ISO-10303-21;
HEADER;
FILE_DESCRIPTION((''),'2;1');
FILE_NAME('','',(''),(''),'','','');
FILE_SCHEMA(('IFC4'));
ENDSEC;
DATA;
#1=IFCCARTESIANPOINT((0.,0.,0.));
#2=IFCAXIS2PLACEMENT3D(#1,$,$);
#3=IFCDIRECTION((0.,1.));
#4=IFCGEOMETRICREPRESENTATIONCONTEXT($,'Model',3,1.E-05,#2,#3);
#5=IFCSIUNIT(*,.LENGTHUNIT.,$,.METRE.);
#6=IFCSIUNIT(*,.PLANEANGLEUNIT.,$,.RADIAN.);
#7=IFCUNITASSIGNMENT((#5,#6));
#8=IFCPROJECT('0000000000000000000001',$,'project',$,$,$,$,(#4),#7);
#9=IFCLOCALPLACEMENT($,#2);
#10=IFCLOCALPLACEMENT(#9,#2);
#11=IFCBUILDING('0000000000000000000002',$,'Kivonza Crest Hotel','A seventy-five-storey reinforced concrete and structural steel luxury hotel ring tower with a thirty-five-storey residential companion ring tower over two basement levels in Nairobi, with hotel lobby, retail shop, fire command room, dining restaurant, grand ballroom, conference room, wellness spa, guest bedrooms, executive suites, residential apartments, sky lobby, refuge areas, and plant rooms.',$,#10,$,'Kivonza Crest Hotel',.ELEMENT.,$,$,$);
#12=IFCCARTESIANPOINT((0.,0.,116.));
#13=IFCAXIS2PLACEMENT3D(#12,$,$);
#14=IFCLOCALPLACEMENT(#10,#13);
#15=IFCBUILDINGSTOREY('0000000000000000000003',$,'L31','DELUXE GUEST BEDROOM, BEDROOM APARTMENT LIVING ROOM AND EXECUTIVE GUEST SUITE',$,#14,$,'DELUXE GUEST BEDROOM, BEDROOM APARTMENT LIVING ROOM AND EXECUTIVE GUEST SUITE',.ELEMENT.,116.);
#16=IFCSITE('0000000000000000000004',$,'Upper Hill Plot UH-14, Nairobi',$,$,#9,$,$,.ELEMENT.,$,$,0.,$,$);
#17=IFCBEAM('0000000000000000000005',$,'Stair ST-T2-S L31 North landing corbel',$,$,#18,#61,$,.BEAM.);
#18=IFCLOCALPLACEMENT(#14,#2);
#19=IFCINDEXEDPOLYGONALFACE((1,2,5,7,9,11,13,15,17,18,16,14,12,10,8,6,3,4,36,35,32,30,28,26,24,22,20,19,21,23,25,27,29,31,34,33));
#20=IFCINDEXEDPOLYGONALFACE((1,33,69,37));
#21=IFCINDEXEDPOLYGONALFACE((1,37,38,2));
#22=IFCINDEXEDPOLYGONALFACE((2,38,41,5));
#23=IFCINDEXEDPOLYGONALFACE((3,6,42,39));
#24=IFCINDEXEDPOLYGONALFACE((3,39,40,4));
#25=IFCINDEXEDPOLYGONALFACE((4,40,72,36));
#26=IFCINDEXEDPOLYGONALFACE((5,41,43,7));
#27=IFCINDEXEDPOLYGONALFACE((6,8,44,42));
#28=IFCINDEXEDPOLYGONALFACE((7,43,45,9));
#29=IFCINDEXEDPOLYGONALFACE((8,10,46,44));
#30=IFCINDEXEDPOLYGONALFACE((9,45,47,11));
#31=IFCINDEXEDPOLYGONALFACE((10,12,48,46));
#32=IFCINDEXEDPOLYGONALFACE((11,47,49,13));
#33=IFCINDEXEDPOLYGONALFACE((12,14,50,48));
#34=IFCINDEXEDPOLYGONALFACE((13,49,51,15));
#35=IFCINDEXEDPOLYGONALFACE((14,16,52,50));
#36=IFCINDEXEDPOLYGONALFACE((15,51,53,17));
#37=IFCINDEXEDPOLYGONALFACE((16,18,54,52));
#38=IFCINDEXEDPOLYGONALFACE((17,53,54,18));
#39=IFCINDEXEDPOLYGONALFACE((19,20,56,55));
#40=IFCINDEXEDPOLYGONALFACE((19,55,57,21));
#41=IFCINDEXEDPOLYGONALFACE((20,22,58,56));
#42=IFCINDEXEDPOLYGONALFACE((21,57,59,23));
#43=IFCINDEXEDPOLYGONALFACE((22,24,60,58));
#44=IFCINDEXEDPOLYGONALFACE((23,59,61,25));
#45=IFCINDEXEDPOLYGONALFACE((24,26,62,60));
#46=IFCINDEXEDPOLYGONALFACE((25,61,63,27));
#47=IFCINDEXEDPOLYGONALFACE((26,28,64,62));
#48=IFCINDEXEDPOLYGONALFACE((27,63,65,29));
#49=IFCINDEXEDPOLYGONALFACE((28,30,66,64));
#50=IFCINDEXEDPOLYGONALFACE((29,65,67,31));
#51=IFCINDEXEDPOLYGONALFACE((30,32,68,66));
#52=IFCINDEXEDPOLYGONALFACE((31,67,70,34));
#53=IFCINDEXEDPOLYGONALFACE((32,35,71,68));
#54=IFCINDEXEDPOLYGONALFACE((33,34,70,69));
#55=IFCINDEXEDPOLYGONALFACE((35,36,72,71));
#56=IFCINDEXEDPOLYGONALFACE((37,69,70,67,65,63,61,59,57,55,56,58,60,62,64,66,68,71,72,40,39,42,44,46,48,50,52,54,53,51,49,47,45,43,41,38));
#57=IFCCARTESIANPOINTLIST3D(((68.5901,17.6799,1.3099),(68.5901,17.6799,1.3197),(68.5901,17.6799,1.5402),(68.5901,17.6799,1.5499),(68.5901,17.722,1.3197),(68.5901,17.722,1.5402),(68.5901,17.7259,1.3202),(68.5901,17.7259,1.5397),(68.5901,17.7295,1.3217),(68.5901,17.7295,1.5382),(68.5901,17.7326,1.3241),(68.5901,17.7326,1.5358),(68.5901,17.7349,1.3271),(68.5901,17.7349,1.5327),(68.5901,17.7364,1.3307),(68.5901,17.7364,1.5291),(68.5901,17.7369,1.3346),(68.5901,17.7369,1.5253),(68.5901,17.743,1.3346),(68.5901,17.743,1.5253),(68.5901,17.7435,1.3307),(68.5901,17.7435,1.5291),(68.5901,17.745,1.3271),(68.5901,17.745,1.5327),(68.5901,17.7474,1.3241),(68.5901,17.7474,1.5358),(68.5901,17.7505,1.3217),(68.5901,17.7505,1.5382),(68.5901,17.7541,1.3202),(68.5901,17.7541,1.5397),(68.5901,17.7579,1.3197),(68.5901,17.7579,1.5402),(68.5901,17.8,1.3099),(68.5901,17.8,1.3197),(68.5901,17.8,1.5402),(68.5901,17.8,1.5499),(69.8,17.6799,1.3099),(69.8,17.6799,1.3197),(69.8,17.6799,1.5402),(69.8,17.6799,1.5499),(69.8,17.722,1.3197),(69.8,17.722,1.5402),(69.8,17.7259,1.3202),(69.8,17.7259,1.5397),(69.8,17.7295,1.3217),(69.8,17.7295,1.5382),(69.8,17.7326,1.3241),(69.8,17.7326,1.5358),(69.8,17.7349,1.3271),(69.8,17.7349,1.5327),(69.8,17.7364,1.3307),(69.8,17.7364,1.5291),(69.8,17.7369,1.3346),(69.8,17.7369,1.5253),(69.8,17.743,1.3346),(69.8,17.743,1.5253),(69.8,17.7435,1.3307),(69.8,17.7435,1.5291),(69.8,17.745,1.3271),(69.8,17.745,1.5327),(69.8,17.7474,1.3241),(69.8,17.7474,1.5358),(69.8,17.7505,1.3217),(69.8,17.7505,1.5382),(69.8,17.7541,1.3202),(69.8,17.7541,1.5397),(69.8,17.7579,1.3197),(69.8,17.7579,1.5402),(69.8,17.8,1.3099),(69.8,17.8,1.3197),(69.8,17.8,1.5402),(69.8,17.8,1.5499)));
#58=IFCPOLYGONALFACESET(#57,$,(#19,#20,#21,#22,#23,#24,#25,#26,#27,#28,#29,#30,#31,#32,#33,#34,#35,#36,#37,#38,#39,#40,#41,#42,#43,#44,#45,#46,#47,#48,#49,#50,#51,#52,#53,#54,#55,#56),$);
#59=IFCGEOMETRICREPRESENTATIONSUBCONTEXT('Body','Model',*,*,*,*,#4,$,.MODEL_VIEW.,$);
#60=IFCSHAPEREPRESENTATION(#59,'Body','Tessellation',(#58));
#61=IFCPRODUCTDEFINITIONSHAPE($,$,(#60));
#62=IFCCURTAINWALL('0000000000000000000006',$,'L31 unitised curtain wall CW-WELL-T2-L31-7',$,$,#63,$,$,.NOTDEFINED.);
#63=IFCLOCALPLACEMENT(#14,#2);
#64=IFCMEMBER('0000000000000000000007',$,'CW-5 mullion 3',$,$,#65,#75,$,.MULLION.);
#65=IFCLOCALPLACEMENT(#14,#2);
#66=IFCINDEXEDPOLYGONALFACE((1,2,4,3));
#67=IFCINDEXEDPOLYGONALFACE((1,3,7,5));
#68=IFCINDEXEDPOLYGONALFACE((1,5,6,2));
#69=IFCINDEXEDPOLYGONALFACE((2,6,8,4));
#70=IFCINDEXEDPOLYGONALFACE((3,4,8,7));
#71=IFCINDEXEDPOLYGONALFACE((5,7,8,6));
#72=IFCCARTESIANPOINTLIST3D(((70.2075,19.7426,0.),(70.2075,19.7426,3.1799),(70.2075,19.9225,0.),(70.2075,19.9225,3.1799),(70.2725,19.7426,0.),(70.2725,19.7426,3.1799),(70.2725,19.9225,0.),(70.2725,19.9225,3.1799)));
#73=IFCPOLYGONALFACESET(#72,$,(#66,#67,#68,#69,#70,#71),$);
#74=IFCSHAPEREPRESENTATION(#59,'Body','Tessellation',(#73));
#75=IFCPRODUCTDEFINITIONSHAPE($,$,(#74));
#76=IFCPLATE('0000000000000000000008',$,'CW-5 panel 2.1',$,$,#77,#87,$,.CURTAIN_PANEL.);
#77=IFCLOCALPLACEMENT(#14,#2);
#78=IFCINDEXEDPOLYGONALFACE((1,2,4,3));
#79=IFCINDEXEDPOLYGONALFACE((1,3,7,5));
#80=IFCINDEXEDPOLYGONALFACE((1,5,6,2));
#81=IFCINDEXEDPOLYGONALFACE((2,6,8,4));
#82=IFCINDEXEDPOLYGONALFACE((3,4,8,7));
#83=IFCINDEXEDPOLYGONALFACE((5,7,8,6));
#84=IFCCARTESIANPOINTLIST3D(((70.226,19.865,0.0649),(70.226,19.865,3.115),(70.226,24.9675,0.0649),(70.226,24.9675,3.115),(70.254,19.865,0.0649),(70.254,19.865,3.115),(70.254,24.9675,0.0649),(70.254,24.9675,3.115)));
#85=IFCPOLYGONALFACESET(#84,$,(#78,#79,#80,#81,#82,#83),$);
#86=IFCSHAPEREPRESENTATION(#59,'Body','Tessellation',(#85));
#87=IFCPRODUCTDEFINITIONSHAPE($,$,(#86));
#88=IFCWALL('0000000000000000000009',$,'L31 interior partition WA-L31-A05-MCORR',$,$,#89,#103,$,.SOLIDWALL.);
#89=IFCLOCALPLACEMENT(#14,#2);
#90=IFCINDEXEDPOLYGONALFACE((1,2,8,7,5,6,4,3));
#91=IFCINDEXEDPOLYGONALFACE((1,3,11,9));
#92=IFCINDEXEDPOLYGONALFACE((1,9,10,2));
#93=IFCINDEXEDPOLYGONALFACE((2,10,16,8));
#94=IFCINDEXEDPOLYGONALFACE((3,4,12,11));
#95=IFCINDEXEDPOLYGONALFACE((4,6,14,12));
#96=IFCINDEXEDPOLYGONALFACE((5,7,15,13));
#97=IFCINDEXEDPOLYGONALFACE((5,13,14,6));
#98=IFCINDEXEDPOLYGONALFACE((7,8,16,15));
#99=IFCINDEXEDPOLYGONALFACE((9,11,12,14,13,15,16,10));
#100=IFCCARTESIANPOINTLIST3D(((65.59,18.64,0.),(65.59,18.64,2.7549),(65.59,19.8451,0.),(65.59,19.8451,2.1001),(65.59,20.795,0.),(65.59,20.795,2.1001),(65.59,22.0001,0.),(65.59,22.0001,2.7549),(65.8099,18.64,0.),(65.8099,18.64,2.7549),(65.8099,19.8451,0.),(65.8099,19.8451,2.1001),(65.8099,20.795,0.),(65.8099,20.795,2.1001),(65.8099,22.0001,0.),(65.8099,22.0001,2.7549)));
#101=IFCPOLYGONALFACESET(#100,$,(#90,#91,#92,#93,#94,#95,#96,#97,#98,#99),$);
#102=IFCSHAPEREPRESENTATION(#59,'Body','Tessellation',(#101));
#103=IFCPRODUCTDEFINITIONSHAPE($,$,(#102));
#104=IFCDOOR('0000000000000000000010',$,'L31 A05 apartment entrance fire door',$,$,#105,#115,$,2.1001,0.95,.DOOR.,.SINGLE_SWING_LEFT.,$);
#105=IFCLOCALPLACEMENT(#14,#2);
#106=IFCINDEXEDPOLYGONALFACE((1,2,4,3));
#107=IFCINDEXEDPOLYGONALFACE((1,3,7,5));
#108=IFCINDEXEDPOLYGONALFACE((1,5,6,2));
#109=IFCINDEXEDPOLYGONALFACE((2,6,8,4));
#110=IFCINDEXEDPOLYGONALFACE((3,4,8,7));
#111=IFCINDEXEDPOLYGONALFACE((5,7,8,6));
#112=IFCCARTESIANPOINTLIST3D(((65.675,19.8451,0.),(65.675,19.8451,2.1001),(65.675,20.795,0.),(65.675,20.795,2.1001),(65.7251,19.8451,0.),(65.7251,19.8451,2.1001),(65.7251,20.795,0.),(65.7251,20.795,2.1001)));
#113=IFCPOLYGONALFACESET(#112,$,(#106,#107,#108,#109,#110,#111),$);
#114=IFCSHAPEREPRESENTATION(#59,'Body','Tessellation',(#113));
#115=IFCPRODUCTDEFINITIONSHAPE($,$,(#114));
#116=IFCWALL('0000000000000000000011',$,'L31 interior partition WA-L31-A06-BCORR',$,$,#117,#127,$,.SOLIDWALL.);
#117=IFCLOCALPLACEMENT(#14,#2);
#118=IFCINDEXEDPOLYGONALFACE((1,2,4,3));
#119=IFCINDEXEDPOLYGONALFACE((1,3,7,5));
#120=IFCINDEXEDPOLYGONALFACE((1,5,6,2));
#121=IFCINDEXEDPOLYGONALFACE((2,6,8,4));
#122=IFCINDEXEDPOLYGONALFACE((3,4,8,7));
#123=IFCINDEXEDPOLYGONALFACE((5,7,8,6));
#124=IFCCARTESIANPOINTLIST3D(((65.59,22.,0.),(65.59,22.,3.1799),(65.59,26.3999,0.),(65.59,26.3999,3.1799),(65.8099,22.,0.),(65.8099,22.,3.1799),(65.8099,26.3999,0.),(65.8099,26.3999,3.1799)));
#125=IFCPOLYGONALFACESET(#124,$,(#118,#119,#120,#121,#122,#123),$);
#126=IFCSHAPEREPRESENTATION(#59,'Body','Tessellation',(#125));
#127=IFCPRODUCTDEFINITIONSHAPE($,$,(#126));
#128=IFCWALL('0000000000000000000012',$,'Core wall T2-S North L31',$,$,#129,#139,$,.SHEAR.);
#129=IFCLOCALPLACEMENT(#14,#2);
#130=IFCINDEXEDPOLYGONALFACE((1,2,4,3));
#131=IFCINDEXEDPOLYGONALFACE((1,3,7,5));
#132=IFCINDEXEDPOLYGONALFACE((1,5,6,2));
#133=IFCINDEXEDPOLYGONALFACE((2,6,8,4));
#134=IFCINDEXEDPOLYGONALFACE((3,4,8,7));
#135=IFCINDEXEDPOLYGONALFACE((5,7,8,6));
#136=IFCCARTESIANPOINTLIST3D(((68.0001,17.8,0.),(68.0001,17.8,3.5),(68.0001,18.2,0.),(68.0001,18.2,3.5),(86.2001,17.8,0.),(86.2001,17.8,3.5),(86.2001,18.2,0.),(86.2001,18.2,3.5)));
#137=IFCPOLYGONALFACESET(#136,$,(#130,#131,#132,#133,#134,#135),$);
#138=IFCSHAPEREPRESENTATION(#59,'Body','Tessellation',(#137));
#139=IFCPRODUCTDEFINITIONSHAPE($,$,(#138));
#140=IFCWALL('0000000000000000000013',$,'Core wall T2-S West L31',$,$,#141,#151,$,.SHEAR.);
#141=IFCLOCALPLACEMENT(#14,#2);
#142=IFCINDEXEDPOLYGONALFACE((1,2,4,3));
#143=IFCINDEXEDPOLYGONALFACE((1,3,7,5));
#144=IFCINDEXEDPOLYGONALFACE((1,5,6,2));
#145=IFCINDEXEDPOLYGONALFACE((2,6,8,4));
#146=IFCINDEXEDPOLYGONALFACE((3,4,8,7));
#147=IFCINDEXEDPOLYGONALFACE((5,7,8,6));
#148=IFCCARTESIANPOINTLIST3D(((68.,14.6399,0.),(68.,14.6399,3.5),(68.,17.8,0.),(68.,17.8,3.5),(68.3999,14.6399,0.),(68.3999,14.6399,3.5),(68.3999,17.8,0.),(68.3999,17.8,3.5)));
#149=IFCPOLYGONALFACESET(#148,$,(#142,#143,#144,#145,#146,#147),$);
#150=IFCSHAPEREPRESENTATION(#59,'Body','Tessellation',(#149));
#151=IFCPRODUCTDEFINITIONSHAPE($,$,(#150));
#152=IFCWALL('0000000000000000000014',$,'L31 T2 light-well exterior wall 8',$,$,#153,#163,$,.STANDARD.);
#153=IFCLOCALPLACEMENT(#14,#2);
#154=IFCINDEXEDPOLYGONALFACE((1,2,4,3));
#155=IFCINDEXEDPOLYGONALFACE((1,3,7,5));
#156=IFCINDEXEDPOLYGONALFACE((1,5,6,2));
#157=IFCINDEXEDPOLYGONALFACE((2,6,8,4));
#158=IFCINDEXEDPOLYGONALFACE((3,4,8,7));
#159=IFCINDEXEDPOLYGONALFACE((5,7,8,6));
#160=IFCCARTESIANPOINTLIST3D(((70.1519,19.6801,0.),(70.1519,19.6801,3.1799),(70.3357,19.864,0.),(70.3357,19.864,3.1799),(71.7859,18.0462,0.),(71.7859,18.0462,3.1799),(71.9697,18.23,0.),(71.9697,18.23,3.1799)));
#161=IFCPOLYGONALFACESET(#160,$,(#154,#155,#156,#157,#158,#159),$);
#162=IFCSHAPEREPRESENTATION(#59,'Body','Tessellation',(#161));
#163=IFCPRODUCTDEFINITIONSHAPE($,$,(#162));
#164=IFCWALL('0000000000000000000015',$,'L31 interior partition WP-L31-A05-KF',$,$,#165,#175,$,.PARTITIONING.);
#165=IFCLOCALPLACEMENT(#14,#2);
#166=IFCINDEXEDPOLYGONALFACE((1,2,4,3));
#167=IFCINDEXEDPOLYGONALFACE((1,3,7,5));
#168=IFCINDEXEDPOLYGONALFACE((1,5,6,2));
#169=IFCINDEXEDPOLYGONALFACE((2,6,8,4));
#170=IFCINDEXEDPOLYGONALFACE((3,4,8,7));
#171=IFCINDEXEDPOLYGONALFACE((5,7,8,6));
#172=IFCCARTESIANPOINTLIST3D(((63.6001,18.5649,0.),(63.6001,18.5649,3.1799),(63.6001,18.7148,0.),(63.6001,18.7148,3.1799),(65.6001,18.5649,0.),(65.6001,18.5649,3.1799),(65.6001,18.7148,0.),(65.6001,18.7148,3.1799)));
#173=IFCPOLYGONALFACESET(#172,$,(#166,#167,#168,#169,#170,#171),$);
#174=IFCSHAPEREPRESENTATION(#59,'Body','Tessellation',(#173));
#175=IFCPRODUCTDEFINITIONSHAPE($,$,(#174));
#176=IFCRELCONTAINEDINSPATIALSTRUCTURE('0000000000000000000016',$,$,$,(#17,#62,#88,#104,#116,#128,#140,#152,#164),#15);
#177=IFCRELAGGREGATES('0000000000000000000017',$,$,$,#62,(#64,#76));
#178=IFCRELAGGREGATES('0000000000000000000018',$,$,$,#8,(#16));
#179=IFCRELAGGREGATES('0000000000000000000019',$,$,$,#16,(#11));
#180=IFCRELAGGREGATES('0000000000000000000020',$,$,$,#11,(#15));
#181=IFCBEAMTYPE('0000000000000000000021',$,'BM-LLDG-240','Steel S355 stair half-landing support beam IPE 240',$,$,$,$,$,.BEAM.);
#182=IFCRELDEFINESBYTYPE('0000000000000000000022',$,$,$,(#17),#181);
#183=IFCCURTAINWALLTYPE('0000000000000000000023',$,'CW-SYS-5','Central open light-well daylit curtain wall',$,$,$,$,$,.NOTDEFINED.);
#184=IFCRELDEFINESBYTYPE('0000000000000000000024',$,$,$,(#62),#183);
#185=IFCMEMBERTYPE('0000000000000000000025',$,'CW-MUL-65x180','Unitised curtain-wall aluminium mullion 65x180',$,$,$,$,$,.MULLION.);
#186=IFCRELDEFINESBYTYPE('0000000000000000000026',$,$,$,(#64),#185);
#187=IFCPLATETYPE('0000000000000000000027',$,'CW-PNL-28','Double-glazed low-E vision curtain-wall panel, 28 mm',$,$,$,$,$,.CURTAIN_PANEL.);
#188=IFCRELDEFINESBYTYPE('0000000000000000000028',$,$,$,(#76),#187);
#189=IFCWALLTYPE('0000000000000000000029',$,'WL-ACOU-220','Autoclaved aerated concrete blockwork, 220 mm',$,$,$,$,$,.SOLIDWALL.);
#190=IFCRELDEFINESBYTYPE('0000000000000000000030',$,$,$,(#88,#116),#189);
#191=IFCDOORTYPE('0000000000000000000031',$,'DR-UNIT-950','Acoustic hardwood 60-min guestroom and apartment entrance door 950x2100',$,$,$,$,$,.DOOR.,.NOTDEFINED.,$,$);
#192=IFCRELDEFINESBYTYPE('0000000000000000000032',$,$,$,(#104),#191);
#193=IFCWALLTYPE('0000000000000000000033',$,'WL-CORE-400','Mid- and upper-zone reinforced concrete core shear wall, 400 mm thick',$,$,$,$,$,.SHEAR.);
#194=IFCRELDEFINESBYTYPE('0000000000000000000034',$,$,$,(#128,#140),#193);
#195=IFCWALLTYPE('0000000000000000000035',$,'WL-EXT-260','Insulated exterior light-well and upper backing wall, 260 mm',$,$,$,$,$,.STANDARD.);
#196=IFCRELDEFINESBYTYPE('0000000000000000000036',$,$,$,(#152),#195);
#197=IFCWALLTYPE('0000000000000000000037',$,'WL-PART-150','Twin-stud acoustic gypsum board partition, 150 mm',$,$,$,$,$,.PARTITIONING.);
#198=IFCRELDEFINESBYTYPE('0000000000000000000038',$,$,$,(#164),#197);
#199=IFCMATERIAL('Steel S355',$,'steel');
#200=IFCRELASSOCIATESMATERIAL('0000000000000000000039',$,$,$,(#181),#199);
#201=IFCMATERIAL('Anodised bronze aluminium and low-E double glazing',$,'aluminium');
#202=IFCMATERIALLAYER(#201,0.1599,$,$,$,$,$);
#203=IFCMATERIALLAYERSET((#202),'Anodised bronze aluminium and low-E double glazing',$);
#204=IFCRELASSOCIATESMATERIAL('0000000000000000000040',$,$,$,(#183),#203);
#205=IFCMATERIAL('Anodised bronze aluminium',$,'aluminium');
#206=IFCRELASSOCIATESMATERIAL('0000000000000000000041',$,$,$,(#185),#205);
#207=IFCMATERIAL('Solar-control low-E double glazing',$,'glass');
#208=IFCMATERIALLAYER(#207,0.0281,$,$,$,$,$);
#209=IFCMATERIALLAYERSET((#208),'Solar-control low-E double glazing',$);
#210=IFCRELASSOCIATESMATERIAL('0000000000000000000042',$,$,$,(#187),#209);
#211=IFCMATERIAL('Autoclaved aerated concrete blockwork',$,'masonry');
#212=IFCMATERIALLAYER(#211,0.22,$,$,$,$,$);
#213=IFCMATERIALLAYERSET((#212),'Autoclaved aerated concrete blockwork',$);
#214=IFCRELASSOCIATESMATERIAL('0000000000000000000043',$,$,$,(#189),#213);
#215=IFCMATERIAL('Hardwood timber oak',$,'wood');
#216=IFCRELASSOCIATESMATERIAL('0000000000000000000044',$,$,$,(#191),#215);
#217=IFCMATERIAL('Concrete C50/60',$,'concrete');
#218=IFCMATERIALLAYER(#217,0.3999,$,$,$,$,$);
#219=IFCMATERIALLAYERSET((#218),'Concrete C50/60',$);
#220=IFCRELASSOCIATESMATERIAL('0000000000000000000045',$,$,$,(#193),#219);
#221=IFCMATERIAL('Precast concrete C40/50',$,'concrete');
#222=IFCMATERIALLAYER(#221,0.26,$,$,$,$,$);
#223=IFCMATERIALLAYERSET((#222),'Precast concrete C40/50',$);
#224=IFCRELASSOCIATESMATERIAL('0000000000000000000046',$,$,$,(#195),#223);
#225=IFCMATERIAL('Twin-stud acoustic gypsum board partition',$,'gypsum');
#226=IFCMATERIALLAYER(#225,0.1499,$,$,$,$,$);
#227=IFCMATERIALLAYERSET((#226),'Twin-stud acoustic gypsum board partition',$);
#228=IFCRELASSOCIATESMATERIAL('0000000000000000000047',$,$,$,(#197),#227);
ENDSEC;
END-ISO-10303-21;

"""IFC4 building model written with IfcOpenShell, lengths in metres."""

from ifc_helpers import new_model, si_unit, direction, frame, frame_2d, origin, origin_2d, place, context, subcontext, project, spatial, rectangle, i_section, extrude, material, layer, layer_set, material_profile, profile_set, type_object, element, fill, aggregate, save


model = new_model("IFC4")

# Units and contexts
model_context = context("Model", 3, precision=1e-05, world=origin(), true_north=direction((0.0, 1.0)))
body_context = subcontext(model_context, "Body", "Model", "MODEL_VIEW")
ifc_project = project(units=[si_unit("LENGTHUNIT", "METRE"), si_unit("PLANEANGLEUNIT", "RADIAN")], contexts=[model_context])

# Site, building, storey
site_placement = place(None, origin())
site = spatial("IfcSite", under=ifc_project, at=site_placement, Name="Upper Hill Plot UH-14, Nairobi", CompositionType="ELEMENT", RefElevation=0.0)
building_placement = place(site_placement, origin())
building = spatial("IfcBuilding", under=site, at=building_placement, Name="Kivonza Crest Hotel", Description="A seventy-five-storey reinforced concrete and structural steel luxury hotel ring tower with a thirty-five-storey residential companion ring tower over two basement levels in Nairobi, with hotel lobby, retail shop, fire command room, dining restaurant, grand ballroom, conference room, wellness spa, guest bedrooms, executive suites, residential apartments, sky lobby, refuge areas, and plant rooms.", LongName="Kivonza Crest Hotel", CompositionType="ELEMENT")
storey_placement = place(building_placement, frame((0.0, 0.0, 116.0)))
storey = spatial("IfcBuildingStorey", under=building, at=storey_placement, Name="L31", Description="DELUXE GUEST BEDROOM, BEDROOM APARTMENT LIVING ROOM AND EXECUTIVE GUEST SUITE", LongName="DELUXE GUEST BEDROOM, BEDROOM APARTMENT LIVING ROOM AND EXECUTIVE GUEST SUITE", CompositionType="ELEMENT", Elevation=116.0)

# Shared definitions
ifc_material_1 = material(Name="Concrete C50/60", Category="concrete")

# Beam
ifc_material_2 = material(Name="Steel S355", Category="steel")
ifc_material_profile_1 = material_profile(ifc_material_2, i_section(OverallWidth=0.1201, OverallDepth=0.24, WebThickness=0.0061, FlangeThickness=0.0098, FilletRadius=0.0149, at=origin_2d()), Name="IPE 240")
ifc_profile_set_1 = profile_set([ifc_material_profile_1], Name="Steel S355")
beam_type_1 = type_object("IfcBeamType", Name="BM-LLDG-240", Description="Steel S355 stair half-landing support beam IPE 240", PredefinedType="BEAM", material=ifc_profile_set_1)
for number, where, z_axis, x_axis, name in (
    (1, (68.5901, 17.74, 1.4299), (1.0, 0.0, 0.0), (0.0, 1.0, 0.0), "Stair ST-T2-S L31 North landing corbel"),
):
    element("IfcBeam", number, at=place(storey_placement, frame(where, z_axis=z_axis, x_axis=x_axis)), inside=storey, type_object=beam_type_1, Name=name, PredefinedType="BEAM", context=body_context, shape_type="SweptSolid", body=[
        extrude(i_section(OverallWidth=0.1201, OverallDepth=0.24, WebThickness=0.0061, FlangeThickness=0.0098, FilletRadius=0.0149, at=origin_2d()), origin(), (0.0, 0.0, 1.0), 1.21),
    ])

# Curtain wall, member, plate
ifc_material_3 = material(Name="Anodised bronze aluminium and low-E double glazing", Category="aluminium")
ifc_layer_1 = layer(ifc_material_3, 0.1599)
ifc_layer_set_1 = layer_set([ifc_layer_1], Name="Anodised bronze aluminium and low-E double glazing")
curtain_wall_type = type_object("IfcCurtainWallType", Name="CW-SYS-5", Description="Central open light-well daylit curtain wall", PredefinedType="NOTDEFINED", material=ifc_layer_set_1)
curtain_wall_placement = place(storey_placement, origin())
curtain_wall = element("IfcCurtainWall", 2, at=curtain_wall_placement, inside=storey, type_object=curtain_wall_type, Name="L31 unitised curtain wall CW-WELL-T2-L31-7", PredefinedType="NOTDEFINED")
ifc_material_4 = material(Name="Anodised bronze aluminium", Category="aluminium")
ifc_material_profile_2 = material_profile(ifc_material_4, rectangle(XDim=0.0649, YDim=0.1799, at=origin_2d()), Name="CW-M 65x180")
ifc_profile_set_2 = profile_set([ifc_material_profile_2], Name="Anodised bronze aluminium")
member_type = type_object("IfcMemberType", Name="CW-MUL-65x180", Description="Unitised curtain-wall aluminium mullion 65x180", PredefinedType="MULLION", material=ifc_profile_set_2)
member_placement = place(storey_placement, frame((70.24, 19.8325, 0.0), z_axis=(0.0, 0.0, 1.0), x_axis=(1.0, 0.0, 0.0)))
member = element("IfcMember", 3, at=member_placement, type_object=member_type, Name="CW-5 mullion 3", PredefinedType="MULLION", context=body_context, shape_type="SweptSolid", body=[
    extrude(rectangle(XDim=0.0649, YDim=0.1799, at=origin_2d()), origin(), (0.0, 0.0, 1.0), 3.1799),
])
ifc_material_5 = material(Name="Solar-control low-E double glazing", Category="glass")
ifc_layer_2 = layer(ifc_material_5, 0.0281)
ifc_layer_set_2 = layer_set([ifc_layer_2], Name="Solar-control low-E double glazing")
plate_type = type_object("IfcPlateType", Name="CW-PNL-28", Description="Double-glazed low-E vision curtain-wall panel, 28 mm", PredefinedType="CURTAIN_PANEL", material=ifc_layer_set_2)
plate_placement = place(storey_placement, frame((70.24, 22.4163, 0.0649), z_axis=(0.0, 0.0, 1.0), x_axis=(0.0, -1.0, 0.0)))
plate = element("IfcPlate", 4, at=plate_placement, type_object=plate_type, Name="CW-5 panel 2.1", PredefinedType="CURTAIN_PANEL", context=body_context, shape_type="SweptSolid", body=[
    extrude(rectangle(XDim=5.1025, YDim=0.0281, at=origin_2d()), origin(), (0.0, 0.0, 1.0), 3.05),
])
aggregate(curtain_wall, [member, plate])

# Wall, opening, door
ifc_material_6 = material(Name="Autoclaved aerated concrete blockwork", Category="masonry")
ifc_layer_3 = layer(ifc_material_6, 0.22)
ifc_layer_set_3 = layer_set([ifc_layer_3], Name="Autoclaved aerated concrete blockwork")
wall_type_1 = type_object("IfcWallType", Name="WL-ACOU-220", Description="Autoclaved aerated concrete blockwork, 220 mm", PredefinedType="SOLIDWALL", material=ifc_layer_set_3)
wall_1_placement = place(storey_placement, frame((65.7, 18.6399, 0.0), z_axis=(0.0, 0.0, 1.0), x_axis=(0.0, 1.0, 0.0)))
wall_1 = element("IfcWall", 5, at=wall_1_placement, inside=storey, type_object=wall_type_1, Name="L31 interior partition WA-L31-A05-MCORR", PredefinedType="SOLIDWALL", context=body_context, shape_type="SweptSolid", body=[
    extrude(rectangle(XDim=3.3601, YDim=0.22, at=frame_2d((1.6802, 0.0))), origin(), (0.0, 0.0, 1.0), 2.7549),
])
opening_1_placement = place(wall_1_placement, frame((1.2051, 0.0, 0.0)))
opening_1 = element("IfcOpeningElement", 6, at=opening_1_placement, cuts=wall_1, PredefinedType="OPENING", context=body_context, shape_type="SweptSolid", body=[
    extrude(rectangle(XDim=0.95, YDim=2.1001, at=frame_2d((0.4751, 1.05))), frame((0.0, 0.1201, 0.0), z_axis=(0.0, -1.0, 0.0), x_axis=(1.0, 0.0, 0.0)), (0.0, 0.0, 1.0), 0.24),
])
ifc_material_7 = material(Name="Hardwood timber oak", Category="wood")
door_type_1 = type_object("IfcDoorType", Name="DR-UNIT-950", Description="Acoustic hardwood 60-min guestroom and apartment entrance door 950x2100", OperationType="NOTDEFINED", PredefinedType="DOOR", material=ifc_material_7)
door_1_placement = place(opening_1_placement, origin())
door_1 = element("IfcDoor", 7, at=door_1_placement, inside=storey, type_object=door_type_1, Name="L31 A05 apartment entrance fire door", OperationType="SINGLE_SWING_LEFT", OverallHeight=2.1001, OverallWidth=0.95, PredefinedType="DOOR", context=body_context, shape_type="SweptSolid", body=[
    extrude(rectangle(XDim=0.95, YDim=2.1001, at=frame_2d((0.4751, 1.05))), frame((0.0, 0.0249, 0.0), z_axis=(0.0, -1.0, 0.0), x_axis=(1.0, 0.0, 0.0)), (0.0, 0.0, 1.0), 0.05),
])
fill(opening_1, door_1)

# Wall
wall_2_placement = place(storey_placement, frame((65.7, 22.0, 0.0), z_axis=(0.0, 0.0, 1.0), x_axis=(0.0, 1.0, 0.0)))
element("IfcWall", 8, at=wall_2_placement, inside=storey, type_object=wall_type_1, Name="L31 interior partition WA-L31-A06-BCORR", PredefinedType="SOLIDWALL", context=body_context, shape_type="SweptSolid", body=[
    extrude(rectangle(XDim=4.3999, YDim=0.22, at=frame_2d((2.2, 0.0))), origin(), (0.0, 0.0, 1.0), 3.1799),
])

# Shared definitions
ifc_layer_4 = layer(ifc_material_1, 0.3999)
ifc_layer_set_4 = layer_set([ifc_layer_4], Name="Concrete C50/60")
wall_type_2 = type_object("IfcWallType", Name="WL-CORE-400", Description="Mid- and upper-zone reinforced concrete core shear wall, 400 mm thick", PredefinedType="SHEAR", material=ifc_layer_set_4)

# Walls
wall_3_placement = place(storey_placement, frame((68.0, 18.0, 0.0), z_axis=(0.0, 0.0, 1.0), x_axis=(1.0, 0.0, 0.0)))
element("IfcWall", 9, at=wall_3_placement, inside=storey, type_object=wall_type_2, Name="Core wall T2-S North L31", PredefinedType="SHEAR", context=body_context, shape_type="SweptSolid", body=[
    extrude(rectangle(XDim=18.2, YDim=0.3999, at=frame_2d((9.1001, 0.0))), origin(), (0.0, 0.0, 1.0), 3.5),
])
wall_4_placement = place(storey_placement, frame((68.2, 14.6399, 0.0), z_axis=(0.0, 0.0, 1.0), x_axis=(0.0, 1.0, 0.0)))
element("IfcWall", 10, at=wall_4_placement, inside=storey, type_object=wall_type_2, Name="Core wall T2-S West L31", PredefinedType="SHEAR", context=body_context, shape_type="SweptSolid", body=[
    extrude(rectangle(XDim=3.1602, YDim=0.3999, at=frame_2d((1.5801, 0.0))), origin(), (0.0, 0.0, 1.0), 3.5),
])
ifc_material_8 = material(Name="Precast concrete C40/50", Category="concrete")
ifc_layer_5 = layer(ifc_material_8, 0.26)
ifc_layer_set_5 = layer_set([ifc_layer_5], Name="Precast concrete C40/50")
wall_type_3 = type_object("IfcWallType", Name="WL-EXT-260", Description="Insulated exterior light-well and upper backing wall, 260 mm", PredefinedType="STANDARD", material=ifc_layer_set_5)
wall_5_placement = place(storey_placement, frame((70.2439, 19.772, 0.0), z_axis=(0.0, 0.0, 1.0), x_axis=(0.707107, -0.707107, 0.0)))
element("IfcWall", 11, at=wall_5_placement, inside=storey, type_object=wall_type_3, Name="L31 T2 light-well exterior wall 8", PredefinedType="STANDARD", context=body_context, shape_type="SweptSolid", body=[
    extrude(rectangle(XDim=2.3108, YDim=0.26, at=frame_2d((1.1553, 0.0))), origin(), (0.0, 0.0, 1.0), 3.1799),
])
ifc_material_9 = material(Name="Twin-stud acoustic gypsum board partition", Category="gypsum")
ifc_layer_6 = layer(ifc_material_9, 0.1499)
ifc_layer_set_6 = layer_set([ifc_layer_6], Name="Twin-stud acoustic gypsum board partition")
wall_type_4 = type_object("IfcWallType", Name="WL-PART-150", Description="Twin-stud acoustic gypsum board partition, 150 mm", PredefinedType="PARTITIONING", material=ifc_layer_set_6)
wall_6_placement = place(storey_placement, frame((63.6001, 18.6399, 0.0), z_axis=(0.0, 0.0, 1.0), x_axis=(1.0, 0.0, 0.0)))
element("IfcWall", 12, at=wall_6_placement, inside=storey, type_object=wall_type_4, Name="L31 interior partition WP-L31-A05-KF", PredefinedType="PARTITIONING", context=body_context, shape_type="SweptSolid", body=[
    extrude(rectangle(XDim=2.0, YDim=0.1499, at=frame_2d((1.0, 0.0))), origin(), (0.0, 0.0, 1.0), 3.1799),
])

save(model, "model.ifc")
